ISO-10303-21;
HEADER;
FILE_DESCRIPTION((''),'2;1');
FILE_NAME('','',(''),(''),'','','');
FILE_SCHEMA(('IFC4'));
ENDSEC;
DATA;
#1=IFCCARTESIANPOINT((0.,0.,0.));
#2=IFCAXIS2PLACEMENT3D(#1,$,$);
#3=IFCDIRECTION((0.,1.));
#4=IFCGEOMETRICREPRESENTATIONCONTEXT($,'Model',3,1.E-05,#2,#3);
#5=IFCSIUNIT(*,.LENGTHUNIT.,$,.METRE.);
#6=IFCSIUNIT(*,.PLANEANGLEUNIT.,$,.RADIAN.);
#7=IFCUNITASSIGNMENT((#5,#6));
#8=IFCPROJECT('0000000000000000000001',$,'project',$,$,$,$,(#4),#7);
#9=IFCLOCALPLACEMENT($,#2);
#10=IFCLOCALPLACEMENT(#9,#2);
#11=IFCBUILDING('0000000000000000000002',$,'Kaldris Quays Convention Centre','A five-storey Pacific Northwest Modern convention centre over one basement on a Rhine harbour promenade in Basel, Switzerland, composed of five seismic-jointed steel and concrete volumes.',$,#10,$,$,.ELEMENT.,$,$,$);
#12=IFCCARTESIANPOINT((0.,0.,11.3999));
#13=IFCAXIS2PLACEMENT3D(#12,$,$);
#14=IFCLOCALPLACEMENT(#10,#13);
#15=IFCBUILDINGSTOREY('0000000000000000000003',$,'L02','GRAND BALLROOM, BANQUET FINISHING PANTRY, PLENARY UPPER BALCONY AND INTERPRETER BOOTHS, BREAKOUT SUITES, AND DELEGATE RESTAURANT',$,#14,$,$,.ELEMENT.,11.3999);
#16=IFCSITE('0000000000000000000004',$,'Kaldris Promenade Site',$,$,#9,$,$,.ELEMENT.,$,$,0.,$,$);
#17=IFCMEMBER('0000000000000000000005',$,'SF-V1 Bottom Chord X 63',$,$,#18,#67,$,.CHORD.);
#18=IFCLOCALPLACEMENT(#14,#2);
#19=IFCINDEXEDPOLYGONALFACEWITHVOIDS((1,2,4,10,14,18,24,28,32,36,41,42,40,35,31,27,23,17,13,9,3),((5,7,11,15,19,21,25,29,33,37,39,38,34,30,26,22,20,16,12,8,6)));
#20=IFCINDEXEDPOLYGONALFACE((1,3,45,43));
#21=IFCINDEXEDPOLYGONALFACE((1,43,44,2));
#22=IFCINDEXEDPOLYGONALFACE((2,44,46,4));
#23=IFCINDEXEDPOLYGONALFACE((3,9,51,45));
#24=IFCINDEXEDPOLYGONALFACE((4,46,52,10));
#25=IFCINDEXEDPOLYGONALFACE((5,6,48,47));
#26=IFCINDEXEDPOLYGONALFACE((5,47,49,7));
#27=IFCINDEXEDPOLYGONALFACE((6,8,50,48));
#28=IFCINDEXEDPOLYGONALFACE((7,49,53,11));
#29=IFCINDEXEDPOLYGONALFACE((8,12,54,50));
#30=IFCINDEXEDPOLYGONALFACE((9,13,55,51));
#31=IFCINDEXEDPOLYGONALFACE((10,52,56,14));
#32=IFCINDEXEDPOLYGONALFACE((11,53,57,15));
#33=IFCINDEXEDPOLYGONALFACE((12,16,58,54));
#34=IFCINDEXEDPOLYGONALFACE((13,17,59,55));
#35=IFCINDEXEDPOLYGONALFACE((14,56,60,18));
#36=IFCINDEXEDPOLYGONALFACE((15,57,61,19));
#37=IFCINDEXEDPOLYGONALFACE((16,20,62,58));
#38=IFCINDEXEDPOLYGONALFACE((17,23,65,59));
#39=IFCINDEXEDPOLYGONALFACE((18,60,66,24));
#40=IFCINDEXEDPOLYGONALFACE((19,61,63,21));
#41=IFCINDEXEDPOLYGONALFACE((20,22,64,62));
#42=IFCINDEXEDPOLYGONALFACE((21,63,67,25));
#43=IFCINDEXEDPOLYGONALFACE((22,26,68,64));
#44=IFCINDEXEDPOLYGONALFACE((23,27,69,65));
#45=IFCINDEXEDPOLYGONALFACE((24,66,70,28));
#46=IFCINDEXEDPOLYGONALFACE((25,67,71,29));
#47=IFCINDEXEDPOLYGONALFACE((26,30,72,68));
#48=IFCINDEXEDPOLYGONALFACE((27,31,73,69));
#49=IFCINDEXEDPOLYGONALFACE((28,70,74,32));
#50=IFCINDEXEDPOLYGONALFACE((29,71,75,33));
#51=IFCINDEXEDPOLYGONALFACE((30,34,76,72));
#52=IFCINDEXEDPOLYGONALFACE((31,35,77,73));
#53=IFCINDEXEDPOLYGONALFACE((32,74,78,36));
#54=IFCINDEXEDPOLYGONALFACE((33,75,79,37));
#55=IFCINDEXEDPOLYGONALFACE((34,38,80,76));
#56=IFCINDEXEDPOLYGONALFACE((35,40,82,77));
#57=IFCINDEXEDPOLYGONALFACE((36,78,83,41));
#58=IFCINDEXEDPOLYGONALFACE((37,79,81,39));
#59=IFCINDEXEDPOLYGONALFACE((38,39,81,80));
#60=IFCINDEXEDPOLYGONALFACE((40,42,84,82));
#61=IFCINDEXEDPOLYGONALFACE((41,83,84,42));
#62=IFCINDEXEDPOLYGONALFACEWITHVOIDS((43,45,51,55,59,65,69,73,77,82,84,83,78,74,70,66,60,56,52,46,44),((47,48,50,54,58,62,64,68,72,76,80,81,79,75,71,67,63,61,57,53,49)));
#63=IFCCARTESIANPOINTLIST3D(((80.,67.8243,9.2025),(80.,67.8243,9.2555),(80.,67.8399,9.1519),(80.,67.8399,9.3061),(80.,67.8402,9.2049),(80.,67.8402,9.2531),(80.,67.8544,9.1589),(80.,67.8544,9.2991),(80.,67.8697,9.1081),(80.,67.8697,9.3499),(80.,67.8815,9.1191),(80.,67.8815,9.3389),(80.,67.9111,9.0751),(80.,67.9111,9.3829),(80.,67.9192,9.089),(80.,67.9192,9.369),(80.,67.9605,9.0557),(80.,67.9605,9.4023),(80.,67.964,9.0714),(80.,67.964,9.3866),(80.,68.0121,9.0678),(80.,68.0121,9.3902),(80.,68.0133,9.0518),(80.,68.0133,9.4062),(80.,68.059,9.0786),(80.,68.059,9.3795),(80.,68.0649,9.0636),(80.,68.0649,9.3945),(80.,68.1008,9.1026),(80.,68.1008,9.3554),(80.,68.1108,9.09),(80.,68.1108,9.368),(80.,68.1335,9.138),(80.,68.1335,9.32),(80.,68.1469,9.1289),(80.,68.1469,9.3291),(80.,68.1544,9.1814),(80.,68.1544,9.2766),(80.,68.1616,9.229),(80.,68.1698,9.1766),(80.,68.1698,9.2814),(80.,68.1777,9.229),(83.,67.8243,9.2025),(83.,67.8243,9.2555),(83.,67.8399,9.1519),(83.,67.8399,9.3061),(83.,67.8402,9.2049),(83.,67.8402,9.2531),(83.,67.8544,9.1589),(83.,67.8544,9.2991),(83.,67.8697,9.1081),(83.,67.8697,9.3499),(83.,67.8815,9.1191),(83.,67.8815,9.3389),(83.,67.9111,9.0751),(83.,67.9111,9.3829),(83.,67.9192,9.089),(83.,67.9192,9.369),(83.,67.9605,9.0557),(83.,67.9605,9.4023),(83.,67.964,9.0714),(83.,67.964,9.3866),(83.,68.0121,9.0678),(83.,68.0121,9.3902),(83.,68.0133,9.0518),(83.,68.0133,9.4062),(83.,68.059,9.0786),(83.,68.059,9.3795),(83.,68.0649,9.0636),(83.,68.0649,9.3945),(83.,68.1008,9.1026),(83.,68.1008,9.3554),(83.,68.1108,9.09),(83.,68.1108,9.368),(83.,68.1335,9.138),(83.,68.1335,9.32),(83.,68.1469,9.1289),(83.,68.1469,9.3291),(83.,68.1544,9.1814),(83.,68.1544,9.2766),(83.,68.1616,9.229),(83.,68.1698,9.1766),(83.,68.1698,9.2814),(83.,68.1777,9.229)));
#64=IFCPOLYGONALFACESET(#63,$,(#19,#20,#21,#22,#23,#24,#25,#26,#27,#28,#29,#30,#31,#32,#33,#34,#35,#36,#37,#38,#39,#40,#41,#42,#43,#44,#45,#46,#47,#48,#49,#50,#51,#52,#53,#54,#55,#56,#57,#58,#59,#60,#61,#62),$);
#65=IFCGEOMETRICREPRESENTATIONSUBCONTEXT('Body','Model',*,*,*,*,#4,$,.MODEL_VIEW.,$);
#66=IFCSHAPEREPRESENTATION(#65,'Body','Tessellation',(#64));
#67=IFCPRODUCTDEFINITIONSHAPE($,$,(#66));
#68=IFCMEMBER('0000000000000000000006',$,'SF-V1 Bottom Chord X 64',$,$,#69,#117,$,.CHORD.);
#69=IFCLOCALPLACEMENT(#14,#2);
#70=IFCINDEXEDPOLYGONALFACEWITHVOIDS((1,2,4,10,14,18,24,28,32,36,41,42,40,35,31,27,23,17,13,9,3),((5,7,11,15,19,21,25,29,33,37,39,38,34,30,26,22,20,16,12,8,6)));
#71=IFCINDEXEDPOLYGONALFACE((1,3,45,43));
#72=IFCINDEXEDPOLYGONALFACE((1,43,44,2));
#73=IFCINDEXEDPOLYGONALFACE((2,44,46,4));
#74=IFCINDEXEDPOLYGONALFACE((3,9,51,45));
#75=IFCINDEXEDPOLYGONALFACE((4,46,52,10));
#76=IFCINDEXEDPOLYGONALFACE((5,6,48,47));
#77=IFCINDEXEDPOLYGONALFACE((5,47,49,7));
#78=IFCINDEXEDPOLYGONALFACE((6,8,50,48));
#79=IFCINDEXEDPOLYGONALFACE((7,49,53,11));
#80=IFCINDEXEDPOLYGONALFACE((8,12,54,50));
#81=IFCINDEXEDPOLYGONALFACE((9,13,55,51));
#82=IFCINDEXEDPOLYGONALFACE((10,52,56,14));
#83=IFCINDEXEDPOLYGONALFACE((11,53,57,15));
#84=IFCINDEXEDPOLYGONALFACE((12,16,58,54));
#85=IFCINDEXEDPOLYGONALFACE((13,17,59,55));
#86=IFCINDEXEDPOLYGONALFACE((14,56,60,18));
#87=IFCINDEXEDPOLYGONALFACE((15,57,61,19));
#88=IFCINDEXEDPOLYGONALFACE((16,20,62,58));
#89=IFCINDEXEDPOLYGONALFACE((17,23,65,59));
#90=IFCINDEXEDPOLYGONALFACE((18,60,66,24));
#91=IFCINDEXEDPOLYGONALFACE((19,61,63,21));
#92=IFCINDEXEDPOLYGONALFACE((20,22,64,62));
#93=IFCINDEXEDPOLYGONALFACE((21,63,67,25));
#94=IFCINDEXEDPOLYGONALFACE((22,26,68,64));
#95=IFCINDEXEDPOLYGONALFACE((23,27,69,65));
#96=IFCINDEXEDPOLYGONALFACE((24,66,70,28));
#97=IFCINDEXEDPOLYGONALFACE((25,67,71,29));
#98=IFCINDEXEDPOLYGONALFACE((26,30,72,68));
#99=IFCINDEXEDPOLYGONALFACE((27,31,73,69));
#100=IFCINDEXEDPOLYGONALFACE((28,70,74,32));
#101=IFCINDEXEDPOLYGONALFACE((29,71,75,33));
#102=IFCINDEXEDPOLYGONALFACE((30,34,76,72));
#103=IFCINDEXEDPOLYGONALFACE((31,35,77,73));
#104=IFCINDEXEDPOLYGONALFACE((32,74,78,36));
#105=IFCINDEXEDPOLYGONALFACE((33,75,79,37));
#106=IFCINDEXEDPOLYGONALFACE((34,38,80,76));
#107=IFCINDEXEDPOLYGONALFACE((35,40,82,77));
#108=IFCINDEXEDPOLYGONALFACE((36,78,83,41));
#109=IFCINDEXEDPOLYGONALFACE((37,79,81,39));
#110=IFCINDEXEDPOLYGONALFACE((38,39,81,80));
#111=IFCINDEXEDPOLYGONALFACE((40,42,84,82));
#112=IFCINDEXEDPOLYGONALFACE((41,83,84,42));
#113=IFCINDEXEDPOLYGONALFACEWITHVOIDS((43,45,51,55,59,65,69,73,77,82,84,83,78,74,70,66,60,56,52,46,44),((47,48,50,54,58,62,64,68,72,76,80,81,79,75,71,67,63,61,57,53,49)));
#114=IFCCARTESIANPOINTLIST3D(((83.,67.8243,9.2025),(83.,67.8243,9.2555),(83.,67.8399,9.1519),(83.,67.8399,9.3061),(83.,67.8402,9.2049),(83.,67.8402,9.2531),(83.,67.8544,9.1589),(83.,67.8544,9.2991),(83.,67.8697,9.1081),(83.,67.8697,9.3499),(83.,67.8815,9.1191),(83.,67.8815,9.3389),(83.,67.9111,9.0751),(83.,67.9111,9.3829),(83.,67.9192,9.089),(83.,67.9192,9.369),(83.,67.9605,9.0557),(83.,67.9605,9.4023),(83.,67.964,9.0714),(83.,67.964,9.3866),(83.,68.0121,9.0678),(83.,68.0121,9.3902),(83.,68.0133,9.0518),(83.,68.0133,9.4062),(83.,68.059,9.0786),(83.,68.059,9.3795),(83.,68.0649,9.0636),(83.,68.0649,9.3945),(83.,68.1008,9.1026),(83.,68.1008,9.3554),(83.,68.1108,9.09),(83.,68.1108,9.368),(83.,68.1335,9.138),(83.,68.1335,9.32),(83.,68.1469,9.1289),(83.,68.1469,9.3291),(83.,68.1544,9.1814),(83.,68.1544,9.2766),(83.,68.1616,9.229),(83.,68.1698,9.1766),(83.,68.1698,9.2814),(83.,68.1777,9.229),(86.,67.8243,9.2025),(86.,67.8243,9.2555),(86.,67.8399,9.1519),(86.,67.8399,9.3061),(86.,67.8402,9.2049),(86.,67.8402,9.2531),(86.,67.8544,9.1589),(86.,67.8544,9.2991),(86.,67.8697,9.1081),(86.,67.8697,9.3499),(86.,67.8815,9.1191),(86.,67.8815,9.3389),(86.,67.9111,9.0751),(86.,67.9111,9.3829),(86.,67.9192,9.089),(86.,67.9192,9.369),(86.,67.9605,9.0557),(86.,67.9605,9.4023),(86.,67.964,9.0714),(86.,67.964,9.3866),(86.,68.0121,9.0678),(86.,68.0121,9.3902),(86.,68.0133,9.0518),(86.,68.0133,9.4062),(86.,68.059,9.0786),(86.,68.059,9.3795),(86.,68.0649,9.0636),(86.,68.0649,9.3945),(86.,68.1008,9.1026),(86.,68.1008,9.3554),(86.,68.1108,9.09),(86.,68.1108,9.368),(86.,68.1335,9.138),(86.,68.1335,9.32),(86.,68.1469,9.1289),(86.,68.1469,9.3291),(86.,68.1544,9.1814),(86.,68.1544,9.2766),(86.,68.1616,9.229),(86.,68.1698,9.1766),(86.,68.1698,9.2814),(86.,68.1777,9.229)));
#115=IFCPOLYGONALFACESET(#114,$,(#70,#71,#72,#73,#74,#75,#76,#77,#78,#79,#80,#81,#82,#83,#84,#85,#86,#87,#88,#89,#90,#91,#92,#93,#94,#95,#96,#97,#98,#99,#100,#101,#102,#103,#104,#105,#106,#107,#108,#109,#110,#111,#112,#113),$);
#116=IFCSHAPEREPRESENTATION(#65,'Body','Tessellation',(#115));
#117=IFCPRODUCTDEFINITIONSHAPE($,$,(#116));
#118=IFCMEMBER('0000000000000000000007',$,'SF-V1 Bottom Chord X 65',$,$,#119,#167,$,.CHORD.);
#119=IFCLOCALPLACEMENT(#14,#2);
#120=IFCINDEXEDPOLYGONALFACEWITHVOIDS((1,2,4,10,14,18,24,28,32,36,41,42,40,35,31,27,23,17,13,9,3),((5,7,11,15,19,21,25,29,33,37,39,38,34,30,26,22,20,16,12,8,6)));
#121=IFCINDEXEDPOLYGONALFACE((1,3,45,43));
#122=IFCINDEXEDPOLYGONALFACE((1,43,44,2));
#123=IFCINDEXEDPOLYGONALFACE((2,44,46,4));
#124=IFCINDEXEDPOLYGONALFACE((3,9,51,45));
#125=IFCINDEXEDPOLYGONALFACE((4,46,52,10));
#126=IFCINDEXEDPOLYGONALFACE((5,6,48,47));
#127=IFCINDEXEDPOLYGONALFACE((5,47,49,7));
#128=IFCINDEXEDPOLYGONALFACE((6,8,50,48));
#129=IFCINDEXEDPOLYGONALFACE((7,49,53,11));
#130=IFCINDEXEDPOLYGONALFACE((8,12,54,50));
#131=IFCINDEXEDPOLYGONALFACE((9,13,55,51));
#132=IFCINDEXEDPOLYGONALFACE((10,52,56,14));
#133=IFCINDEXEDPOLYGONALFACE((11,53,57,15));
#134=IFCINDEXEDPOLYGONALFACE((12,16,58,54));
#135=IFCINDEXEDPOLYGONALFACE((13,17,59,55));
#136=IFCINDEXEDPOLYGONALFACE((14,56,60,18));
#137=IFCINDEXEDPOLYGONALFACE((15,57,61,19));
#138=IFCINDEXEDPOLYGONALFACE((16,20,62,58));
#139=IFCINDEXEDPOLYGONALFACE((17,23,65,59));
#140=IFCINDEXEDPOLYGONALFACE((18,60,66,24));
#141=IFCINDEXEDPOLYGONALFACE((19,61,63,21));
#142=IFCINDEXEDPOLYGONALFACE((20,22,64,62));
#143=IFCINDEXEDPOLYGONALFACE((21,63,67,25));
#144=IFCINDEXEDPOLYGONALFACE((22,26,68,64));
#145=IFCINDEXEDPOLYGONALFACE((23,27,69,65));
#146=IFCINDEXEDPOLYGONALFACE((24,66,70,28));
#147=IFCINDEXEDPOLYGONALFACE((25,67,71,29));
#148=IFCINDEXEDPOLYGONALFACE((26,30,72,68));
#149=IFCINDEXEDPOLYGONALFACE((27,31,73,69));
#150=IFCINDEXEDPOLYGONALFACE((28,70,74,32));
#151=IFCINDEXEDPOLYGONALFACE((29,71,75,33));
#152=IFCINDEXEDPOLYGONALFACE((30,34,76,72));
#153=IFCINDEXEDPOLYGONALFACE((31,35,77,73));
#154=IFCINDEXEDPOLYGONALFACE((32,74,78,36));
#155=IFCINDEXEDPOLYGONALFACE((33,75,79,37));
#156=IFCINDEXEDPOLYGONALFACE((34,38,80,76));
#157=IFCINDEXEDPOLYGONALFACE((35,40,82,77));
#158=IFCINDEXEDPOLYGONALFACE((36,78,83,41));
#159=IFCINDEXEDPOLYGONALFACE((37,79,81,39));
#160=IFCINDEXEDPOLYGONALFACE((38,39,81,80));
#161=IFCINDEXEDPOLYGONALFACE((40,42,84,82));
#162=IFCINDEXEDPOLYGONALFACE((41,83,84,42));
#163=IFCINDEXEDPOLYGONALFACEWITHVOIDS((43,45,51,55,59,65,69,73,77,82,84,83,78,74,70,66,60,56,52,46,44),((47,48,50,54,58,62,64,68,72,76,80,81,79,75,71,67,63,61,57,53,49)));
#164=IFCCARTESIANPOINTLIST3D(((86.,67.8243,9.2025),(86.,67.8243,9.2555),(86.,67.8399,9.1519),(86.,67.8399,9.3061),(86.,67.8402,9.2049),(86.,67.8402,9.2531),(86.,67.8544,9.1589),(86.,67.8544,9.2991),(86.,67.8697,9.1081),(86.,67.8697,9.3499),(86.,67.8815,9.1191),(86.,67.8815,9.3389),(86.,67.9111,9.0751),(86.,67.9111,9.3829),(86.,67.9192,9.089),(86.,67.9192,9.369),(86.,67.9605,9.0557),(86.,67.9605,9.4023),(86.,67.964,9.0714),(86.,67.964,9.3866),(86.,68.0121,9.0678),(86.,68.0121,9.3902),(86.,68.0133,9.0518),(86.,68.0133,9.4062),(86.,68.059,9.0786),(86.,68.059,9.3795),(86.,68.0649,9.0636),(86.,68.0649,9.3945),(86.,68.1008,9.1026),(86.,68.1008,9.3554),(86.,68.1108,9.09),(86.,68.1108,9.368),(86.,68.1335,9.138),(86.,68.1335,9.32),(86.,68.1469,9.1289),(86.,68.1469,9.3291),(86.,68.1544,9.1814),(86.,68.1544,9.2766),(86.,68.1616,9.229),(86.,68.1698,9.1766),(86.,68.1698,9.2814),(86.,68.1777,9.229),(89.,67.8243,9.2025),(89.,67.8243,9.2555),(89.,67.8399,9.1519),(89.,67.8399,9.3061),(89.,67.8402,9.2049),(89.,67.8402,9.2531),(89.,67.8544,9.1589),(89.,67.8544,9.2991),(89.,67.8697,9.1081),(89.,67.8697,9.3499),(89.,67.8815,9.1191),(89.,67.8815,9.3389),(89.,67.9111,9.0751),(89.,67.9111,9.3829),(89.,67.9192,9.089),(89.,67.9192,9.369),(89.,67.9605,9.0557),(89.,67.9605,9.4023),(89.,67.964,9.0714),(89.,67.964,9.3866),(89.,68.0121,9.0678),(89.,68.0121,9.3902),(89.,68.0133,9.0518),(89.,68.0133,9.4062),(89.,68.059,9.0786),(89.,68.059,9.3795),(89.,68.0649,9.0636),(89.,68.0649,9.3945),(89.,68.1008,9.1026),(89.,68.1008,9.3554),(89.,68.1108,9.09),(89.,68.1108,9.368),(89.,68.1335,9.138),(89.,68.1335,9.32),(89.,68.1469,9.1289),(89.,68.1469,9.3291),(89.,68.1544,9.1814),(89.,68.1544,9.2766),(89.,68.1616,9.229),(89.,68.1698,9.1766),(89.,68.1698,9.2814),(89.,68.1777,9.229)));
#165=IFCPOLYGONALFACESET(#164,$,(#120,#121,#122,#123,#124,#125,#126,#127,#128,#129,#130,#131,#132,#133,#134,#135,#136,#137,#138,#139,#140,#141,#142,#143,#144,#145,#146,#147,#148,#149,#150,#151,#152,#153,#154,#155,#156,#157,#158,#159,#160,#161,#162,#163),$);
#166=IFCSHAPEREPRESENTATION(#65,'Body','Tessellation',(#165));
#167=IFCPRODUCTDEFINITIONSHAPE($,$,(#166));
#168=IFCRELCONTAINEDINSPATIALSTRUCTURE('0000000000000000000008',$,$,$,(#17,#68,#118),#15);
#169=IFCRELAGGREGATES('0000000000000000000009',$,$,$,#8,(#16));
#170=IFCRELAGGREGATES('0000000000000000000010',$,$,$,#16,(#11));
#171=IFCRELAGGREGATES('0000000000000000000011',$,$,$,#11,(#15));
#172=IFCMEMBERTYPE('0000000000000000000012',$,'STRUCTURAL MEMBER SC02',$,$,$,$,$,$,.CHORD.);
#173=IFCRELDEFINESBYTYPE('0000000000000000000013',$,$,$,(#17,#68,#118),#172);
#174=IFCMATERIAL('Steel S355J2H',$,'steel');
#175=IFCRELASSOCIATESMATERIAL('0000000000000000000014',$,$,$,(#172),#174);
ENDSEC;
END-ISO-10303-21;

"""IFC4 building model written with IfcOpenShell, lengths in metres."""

from ifc_helpers import new_model, si_unit, direction, frame, origin, origin_2d, place, context, subcontext, project, spatial, hollow_circle, extrude, material, material_profile, profile_set, type_object, element, save


model = new_model("IFC4")

# Units and contexts
model_context = context("Model", 3, precision=1e-05, world=origin(), true_north=direction((0.0, 1.0)))
body_context = subcontext(model_context, "Body", "Model", "MODEL_VIEW")
ifc_project = project(units=[si_unit("LENGTHUNIT", "METRE"), si_unit("PLANEANGLEUNIT", "RADIAN")], contexts=[model_context])

# Site, building, storey
site_placement = place(None, origin())
site = spatial("IfcSite", under=ifc_project, at=site_placement, Name="Kaldris Promenade Site", CompositionType="ELEMENT", RefElevation=0.0)
building_placement = place(site_placement, origin())
building = spatial("IfcBuilding", under=site, at=building_placement, Name="Kaldris Quays Convention Centre", Description="A five-storey Pacific Northwest Modern convention centre over one basement on a Rhine harbour promenade in Basel, Switzerland, composed of five seismic-jointed steel and concrete volumes.", CompositionType="ELEMENT")
storey_placement = place(building_placement, frame((0.0, 0.0, 11.3999)))
storey = spatial("IfcBuildingStorey", under=building, at=storey_placement, Name="L02", Description="GRAND BALLROOM, BANQUET FINISHING PANTRY, PLENARY UPPER BALCONY AND INTERPRETER BOOTHS, BREAKOUT SUITES, AND DELEGATE RESTAURANT", CompositionType="ELEMENT", Elevation=11.3999)

# Members
ifc_material_1 = material(Name="Steel S355J2H", Category="steel")
ifc_material_profile_1 = material_profile(ifc_material_1, hollow_circle(Radius=0.1777, WallThickness=0.0161, at=origin_2d()), Name="CHS 355.6x16")
ifc_profile_set_1 = profile_set([ifc_material_profile_1], Name="Steel S355J2H")
member_type_1 = type_object("IfcMemberType", Name="STRUCTURAL MEMBER SC02", PredefinedType="CHORD", material=ifc_profile_set_1)
for number, where, z_axis, x_axis, name in (
    (1, (80.0, 68.0, 9.229), (1.0, 0.0, 0.0), (0.0, 1.0, 0.0), "SF-V1 Bottom Chord X 63"),
    (2, (83.0, 68.0, 9.229), (1.0, 0.0, 0.0), (0.0, 1.0, 0.0), "SF-V1 Bottom Chord X 64"),
    (3, (86.0, 68.0, 9.229), (1.0, 0.0, 0.0), (0.0, 1.0, 0.0), "SF-V1 Bottom Chord X 65"),
):
    element("IfcMember", number, at=place(storey_placement, frame(where, z_axis=z_axis, x_axis=x_axis)), inside=storey, type_object=member_type_1, Name=name, PredefinedType="CHORD", context=body_context, shape_type="SweptSolid", body=[
        extrude(hollow_circle(Radius=0.1777, WallThickness=0.0161, at=origin_2d()), origin(), (0.0, 0.0, 1.0), 3.0),
    ])

save(model, "model.ifc")
